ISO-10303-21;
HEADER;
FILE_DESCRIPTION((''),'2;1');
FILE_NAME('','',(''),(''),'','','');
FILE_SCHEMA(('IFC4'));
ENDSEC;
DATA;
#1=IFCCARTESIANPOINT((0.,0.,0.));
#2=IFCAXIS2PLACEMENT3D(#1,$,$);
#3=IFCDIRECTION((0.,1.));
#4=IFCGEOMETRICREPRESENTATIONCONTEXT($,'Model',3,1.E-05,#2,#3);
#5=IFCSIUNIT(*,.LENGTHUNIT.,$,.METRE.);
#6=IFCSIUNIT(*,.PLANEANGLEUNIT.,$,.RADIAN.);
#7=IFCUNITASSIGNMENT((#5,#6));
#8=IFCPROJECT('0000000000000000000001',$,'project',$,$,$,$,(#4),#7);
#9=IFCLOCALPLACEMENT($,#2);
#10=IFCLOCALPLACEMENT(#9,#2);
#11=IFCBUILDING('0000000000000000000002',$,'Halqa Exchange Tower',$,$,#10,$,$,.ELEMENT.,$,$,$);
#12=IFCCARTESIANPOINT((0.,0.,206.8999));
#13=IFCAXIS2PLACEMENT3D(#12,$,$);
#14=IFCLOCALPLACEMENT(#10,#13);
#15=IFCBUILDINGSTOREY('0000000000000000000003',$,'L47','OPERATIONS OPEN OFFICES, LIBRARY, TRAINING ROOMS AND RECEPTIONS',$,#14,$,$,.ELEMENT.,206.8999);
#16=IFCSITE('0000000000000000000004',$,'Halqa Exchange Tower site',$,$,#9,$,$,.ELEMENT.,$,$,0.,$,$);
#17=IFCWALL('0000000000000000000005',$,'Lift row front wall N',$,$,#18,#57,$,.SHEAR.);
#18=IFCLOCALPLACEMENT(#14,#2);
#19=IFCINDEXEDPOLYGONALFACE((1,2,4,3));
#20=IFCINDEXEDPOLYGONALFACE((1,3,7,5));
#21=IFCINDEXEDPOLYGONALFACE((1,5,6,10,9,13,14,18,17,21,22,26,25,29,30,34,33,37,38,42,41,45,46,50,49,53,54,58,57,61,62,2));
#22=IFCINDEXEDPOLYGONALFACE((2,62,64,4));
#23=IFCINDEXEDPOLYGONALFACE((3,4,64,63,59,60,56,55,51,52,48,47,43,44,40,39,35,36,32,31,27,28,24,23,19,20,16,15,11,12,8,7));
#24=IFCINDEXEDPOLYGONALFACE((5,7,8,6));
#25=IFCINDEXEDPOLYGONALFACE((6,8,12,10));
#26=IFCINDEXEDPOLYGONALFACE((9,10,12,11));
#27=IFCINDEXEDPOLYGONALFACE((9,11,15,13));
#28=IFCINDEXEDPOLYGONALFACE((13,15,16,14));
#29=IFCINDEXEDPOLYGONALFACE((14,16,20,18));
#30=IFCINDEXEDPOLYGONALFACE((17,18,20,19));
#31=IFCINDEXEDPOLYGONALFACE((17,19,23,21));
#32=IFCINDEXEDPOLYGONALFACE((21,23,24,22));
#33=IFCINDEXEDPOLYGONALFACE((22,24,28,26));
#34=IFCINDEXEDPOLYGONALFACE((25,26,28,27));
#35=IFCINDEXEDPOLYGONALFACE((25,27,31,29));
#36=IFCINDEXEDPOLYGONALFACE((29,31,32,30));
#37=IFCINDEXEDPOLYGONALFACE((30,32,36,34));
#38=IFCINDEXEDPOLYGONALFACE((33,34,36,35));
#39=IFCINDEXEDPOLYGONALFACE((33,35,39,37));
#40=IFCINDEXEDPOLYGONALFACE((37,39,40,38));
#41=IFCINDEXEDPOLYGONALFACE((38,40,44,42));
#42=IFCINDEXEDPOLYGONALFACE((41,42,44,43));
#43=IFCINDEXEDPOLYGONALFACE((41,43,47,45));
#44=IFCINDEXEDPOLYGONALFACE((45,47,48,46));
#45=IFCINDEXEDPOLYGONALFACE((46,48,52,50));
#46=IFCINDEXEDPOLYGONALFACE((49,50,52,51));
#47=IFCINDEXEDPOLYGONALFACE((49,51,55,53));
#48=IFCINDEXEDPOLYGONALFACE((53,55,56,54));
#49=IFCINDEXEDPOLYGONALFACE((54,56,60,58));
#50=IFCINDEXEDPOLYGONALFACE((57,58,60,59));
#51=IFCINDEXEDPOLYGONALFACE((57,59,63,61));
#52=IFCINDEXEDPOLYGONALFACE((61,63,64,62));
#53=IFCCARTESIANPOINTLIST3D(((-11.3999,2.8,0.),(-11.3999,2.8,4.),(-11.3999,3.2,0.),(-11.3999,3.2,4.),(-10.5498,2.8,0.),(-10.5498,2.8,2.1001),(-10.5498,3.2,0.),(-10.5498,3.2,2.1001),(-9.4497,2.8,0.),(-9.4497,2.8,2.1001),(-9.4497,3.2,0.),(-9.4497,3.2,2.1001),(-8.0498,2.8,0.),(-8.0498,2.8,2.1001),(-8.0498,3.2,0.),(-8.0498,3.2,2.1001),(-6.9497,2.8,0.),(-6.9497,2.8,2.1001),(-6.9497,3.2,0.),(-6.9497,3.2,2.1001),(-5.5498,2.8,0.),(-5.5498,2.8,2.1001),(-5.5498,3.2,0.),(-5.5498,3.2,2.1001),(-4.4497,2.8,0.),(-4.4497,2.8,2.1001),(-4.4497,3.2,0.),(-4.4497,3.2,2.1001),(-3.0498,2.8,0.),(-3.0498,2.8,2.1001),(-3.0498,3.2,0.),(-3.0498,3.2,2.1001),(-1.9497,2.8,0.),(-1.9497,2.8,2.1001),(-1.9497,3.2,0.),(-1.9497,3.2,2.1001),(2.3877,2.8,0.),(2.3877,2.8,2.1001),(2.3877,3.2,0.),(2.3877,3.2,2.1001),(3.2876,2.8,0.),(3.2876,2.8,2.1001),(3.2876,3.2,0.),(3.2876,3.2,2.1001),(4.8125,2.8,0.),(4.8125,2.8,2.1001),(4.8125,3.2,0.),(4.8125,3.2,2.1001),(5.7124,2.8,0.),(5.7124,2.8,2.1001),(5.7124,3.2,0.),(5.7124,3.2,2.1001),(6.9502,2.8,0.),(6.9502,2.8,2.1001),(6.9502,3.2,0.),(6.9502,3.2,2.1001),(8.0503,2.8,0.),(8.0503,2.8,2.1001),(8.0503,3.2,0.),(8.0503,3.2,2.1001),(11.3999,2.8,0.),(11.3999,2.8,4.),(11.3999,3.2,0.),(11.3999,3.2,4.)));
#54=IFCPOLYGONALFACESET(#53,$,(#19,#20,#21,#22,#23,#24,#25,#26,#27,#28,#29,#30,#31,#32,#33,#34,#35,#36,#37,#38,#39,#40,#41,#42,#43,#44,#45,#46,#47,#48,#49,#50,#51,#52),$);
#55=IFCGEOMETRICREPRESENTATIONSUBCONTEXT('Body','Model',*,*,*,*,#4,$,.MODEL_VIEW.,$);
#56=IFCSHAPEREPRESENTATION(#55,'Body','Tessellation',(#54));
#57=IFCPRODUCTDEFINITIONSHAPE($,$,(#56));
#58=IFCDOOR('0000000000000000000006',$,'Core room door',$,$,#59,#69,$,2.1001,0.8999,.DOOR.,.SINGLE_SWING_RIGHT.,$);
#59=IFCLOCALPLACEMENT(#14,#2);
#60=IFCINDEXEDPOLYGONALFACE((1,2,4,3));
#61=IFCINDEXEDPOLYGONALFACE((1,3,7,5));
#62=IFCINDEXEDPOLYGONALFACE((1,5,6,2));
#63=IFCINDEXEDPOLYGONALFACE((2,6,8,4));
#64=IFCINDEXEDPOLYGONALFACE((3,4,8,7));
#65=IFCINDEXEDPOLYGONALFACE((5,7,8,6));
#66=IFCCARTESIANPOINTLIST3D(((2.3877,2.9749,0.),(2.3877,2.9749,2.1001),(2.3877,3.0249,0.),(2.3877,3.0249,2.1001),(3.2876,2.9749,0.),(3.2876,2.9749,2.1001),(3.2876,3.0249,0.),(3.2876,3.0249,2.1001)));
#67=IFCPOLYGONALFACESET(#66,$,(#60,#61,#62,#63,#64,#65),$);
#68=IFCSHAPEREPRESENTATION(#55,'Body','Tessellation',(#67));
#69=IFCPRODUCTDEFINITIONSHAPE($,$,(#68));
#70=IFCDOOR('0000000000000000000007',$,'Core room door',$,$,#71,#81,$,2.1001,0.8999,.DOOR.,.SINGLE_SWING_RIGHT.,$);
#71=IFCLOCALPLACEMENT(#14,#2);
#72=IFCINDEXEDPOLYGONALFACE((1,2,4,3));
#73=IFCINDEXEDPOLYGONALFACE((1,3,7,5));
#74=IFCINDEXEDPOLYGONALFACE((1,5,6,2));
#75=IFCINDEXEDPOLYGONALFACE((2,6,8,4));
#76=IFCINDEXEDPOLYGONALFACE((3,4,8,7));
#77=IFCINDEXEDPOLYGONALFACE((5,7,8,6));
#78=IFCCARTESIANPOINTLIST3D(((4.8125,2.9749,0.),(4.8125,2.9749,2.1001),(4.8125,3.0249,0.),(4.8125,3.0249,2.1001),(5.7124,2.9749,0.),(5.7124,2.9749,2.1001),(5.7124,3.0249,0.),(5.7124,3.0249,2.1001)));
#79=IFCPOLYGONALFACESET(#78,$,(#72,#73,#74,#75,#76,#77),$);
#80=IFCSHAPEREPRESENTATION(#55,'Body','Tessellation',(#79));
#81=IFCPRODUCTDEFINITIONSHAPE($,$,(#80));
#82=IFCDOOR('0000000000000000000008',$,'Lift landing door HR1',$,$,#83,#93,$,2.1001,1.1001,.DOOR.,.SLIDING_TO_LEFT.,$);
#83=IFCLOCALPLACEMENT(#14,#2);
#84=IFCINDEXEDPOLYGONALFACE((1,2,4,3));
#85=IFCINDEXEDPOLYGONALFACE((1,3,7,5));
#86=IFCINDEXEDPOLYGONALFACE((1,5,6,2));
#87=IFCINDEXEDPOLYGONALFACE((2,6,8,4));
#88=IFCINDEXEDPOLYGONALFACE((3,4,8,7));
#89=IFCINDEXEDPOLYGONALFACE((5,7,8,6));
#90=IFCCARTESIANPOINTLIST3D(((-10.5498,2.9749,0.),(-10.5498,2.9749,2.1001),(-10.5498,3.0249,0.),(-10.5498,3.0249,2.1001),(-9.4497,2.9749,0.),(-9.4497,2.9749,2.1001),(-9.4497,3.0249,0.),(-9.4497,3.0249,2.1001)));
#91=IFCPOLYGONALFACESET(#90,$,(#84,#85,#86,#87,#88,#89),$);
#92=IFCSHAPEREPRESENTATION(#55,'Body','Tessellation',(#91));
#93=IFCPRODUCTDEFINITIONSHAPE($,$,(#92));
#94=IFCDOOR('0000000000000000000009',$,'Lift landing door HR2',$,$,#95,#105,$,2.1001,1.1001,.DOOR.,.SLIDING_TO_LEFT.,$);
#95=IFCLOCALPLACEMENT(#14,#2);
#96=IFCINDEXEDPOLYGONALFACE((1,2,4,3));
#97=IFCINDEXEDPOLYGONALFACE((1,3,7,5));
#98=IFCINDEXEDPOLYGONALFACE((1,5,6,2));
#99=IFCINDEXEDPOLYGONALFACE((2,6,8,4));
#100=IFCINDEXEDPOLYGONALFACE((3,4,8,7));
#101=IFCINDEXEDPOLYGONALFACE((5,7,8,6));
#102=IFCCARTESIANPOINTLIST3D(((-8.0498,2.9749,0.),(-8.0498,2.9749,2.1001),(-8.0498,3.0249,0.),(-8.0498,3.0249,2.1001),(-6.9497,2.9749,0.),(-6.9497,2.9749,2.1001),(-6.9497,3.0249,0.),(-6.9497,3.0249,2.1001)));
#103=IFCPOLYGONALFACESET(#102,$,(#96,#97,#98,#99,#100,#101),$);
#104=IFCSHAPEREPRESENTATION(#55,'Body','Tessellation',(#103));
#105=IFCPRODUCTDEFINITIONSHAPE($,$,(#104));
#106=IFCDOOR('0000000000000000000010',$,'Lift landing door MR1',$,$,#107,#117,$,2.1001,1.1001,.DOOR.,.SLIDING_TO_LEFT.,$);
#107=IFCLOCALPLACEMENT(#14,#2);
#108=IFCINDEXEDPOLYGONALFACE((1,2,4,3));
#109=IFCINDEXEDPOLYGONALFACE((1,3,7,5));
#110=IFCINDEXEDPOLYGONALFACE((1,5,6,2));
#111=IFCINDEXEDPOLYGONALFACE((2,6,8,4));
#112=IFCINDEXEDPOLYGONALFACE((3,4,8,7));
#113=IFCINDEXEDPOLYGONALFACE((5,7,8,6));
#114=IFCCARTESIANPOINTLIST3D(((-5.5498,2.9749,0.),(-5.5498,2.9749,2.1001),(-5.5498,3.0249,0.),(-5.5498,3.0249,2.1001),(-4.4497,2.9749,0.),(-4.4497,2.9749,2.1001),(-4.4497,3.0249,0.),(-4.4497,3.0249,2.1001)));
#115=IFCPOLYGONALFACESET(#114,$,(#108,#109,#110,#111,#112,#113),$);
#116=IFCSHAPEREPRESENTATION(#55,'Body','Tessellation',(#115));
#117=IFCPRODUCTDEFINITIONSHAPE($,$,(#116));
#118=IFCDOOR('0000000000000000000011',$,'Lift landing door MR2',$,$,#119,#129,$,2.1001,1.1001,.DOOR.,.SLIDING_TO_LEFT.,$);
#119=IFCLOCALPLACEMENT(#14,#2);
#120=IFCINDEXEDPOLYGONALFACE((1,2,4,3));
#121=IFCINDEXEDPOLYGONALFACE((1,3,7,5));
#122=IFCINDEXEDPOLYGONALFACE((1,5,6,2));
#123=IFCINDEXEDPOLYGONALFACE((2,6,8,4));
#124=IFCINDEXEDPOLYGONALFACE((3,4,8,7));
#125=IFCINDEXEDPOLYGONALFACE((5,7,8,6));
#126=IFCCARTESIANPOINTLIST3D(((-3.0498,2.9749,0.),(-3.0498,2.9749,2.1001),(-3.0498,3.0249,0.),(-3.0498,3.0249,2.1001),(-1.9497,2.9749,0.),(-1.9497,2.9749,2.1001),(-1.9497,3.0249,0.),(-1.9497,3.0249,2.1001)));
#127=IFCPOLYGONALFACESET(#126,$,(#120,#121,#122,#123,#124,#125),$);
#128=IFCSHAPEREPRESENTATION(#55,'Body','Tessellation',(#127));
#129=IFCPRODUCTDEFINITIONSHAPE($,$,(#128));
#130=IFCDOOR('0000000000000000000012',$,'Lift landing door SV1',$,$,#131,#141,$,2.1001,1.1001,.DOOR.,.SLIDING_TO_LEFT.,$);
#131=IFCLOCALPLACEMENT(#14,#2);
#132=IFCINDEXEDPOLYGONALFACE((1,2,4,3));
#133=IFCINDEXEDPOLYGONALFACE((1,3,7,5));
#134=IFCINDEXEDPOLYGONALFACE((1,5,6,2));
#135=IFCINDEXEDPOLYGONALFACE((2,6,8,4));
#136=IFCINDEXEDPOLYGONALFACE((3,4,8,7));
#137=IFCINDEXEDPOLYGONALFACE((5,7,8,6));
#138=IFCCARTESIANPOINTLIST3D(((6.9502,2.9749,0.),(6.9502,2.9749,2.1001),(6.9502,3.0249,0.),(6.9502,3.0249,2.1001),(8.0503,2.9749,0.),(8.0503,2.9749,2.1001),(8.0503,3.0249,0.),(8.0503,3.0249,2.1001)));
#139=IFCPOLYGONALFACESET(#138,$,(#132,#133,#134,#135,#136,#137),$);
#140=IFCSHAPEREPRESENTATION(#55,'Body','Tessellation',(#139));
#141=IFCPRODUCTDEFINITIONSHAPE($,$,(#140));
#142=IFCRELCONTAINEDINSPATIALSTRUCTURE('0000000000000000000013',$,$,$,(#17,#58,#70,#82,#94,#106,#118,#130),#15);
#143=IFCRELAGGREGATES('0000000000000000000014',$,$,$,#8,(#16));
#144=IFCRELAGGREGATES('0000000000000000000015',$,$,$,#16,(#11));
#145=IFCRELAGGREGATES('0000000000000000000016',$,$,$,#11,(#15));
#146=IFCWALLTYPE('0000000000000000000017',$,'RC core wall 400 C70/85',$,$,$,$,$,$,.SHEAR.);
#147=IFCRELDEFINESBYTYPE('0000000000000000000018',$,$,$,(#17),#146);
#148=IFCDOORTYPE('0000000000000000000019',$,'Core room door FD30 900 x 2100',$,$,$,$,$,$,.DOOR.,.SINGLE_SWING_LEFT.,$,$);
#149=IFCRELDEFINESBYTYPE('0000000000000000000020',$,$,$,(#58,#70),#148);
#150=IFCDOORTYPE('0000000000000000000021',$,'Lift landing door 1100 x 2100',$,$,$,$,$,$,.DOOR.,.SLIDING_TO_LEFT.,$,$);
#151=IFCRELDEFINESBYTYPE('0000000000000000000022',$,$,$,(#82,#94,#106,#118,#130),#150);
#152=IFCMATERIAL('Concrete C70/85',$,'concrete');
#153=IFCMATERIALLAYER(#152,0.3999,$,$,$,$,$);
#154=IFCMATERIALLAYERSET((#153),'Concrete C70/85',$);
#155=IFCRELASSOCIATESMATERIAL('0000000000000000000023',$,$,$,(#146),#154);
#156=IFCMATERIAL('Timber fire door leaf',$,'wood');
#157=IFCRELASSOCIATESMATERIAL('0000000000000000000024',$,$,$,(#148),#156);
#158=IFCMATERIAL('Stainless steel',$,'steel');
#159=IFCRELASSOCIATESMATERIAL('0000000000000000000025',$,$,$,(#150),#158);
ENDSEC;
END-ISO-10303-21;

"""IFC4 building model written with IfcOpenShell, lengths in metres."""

from ifc_helpers import new_model, si_unit, direction, frame, frame_2d, origin, place, context, subcontext, project, spatial, rectangle, extrude, material, layer, layer_set, type_object, element, fill, save


model = new_model("IFC4")

# Units and contexts
model_context = context("Model", 3, precision=1e-05, world=origin(), true_north=direction((0.0, 1.0)))
body_context = subcontext(model_context, "Body", "Model", "MODEL_VIEW")
ifc_project = project(units=[si_unit("LENGTHUNIT", "METRE"), si_unit("PLANEANGLEUNIT", "RADIAN")], contexts=[model_context])

# Site, building, storey
site_placement = place(None, origin())
site = spatial("IfcSite", under=ifc_project, at=site_placement, Name="Halqa Exchange Tower site", CompositionType="ELEMENT", RefElevation=0.0)
building_placement = place(site_placement, origin())
building = spatial("IfcBuilding", under=site, at=building_placement, Name="Halqa Exchange Tower", CompositionType="ELEMENT")
storey_placement = place(building_placement, frame((0.0, 0.0, 206.8999)))
storey = spatial("IfcBuildingStorey", under=building, at=storey_placement, Name="L47", Description="OPERATIONS OPEN OFFICES, LIBRARY, TRAINING ROOMS AND RECEPTIONS", CompositionType="ELEMENT", Elevation=206.8999)

# Wall, openings, doors
ifc_material_1 = material(Name="Concrete C70/85", Category="concrete")
ifc_layer_1 = layer(ifc_material_1, 0.3999)
ifc_layer_set_1 = layer_set([ifc_layer_1], Name="Concrete C70/85")
wall_type_1 = type_object("IfcWallType", Name="RC core wall 400 C70/85", PredefinedType="SHEAR", material=ifc_layer_set_1)
wall_1_placement = place(storey_placement, frame((-11.3999, 3.0, 0.0), z_axis=(0.0, 0.0, 1.0), x_axis=(1.0, 0.0, 0.0)))
wall_1 = element("IfcWall", 1, at=wall_1_placement, inside=storey, type_object=wall_type_1, Name="Lift row front wall N", PredefinedType="SHEAR", context=body_context, shape_type="SweptSolid", body=[
    extrude(rectangle(XDim=22.7998, YDim=0.3999, at=frame_2d((11.3999, 0.0))), origin(), (0.0, 0.0, 1.0), 4.0),
])
opening_1_placement = place(wall_1_placement, frame((0.8501, 0.0, 0.0)))
opening_1 = element("IfcOpeningElement", 2, at=opening_1_placement, cuts=wall_1, PredefinedType="OPENING", context=body_context, shape_type="SweptSolid", body=[
    extrude(rectangle(XDim=1.1001, YDim=2.1001, at=frame_2d((0.55, 1.05))), frame((0.0, 0.2119, 0.0), z_axis=(0.0, -1.0, 0.0), x_axis=(1.0, 0.0, 0.0)), (0.0, 0.0, 1.0), 0.4238),
])
opening_2_placement = place(wall_1_placement, frame((3.3501, 0.0, 0.0)))
opening_2 = element("IfcOpeningElement", 3, at=opening_2_placement, cuts=wall_1, PredefinedType="OPENING", context=body_context, shape_type="SweptSolid", body=[
    extrude(rectangle(XDim=1.1001, YDim=2.1001, at=frame_2d((0.55, 1.05))), frame((0.0, 0.2119, 0.0), z_axis=(0.0, -1.0, 0.0), x_axis=(1.0, 0.0, 0.0)), (0.0, 0.0, 1.0), 0.4238),
])
opening_3_placement = place(wall_1_placement, frame((5.8501, 0.0, 0.0)))
opening_3 = element("IfcOpeningElement", 4, at=opening_3_placement, cuts=wall_1, PredefinedType="OPENING", context=body_context, shape_type="SweptSolid", body=[
    extrude(rectangle(XDim=1.1001, YDim=2.1001, at=frame_2d((0.55, 1.05))), frame((0.0, 0.2119, 0.0), z_axis=(0.0, -1.0, 0.0), x_axis=(1.0, 0.0, 0.0)), (0.0, 0.0, 1.0), 0.4238),
])
opening_4_placement = place(wall_1_placement, frame((8.3501, 0.0, 0.0)))
opening_4 = element("IfcOpeningElement", 5, at=opening_4_placement, cuts=wall_1, PredefinedType="OPENING", context=body_context, shape_type="SweptSolid", body=[
    extrude(rectangle(XDim=1.1001, YDim=2.1001, at=frame_2d((0.55, 1.05))), frame((0.0, 0.2119, 0.0), z_axis=(0.0, -1.0, 0.0), x_axis=(1.0, 0.0, 0.0)), (0.0, 0.0, 1.0), 0.4238),
])
opening_5_placement = place(wall_1_placement, frame((18.3501, 0.0, 0.0)))
opening_5 = element("IfcOpeningElement", 6, at=opening_5_placement, cuts=wall_1, PredefinedType="OPENING", context=body_context, shape_type="SweptSolid", body=[
    extrude(rectangle(XDim=1.1001, YDim=2.1001, at=frame_2d((0.55, 1.05))), frame((0.0, 0.2119, 0.0), z_axis=(0.0, -1.0, 0.0), x_axis=(1.0, 0.0, 0.0)), (0.0, 0.0, 1.0), 0.4238),
])
opening_6_placement = place(wall_1_placement, frame((13.7876, 0.0, 0.0)))
opening_6 = element("IfcOpeningElement", 7, at=opening_6_placement, cuts=wall_1, PredefinedType="OPENING", context=body_context, shape_type="SweptSolid", body=[
    extrude(rectangle(XDim=0.8999, YDim=2.1001, at=frame_2d((0.45, 1.05))), frame((0.0, 0.2119, 0.0), z_axis=(0.0, -1.0, 0.0), x_axis=(1.0, 0.0, 0.0)), (0.0, 0.0, 1.0), 0.4238),
])
opening_7_placement = place(wall_1_placement, frame((16.2124, 0.0, 0.0)))
opening_7 = element("IfcOpeningElement", 8, at=opening_7_placement, cuts=wall_1, PredefinedType="OPENING", context=body_context, shape_type="SweptSolid", body=[
    extrude(rectangle(XDim=0.8999, YDim=2.1001, at=frame_2d((0.45, 1.05))), frame((0.0, 0.2119, 0.0), z_axis=(0.0, -1.0, 0.0), x_axis=(1.0, 0.0, 0.0)), (0.0, 0.0, 1.0), 0.4238),
])
ifc_material_2 = material(Name="Timber fire door leaf", Category="wood")
door_type_1 = type_object("IfcDoorType", Name="Core room door FD30 900 x 2100", OperationType="SINGLE_SWING_LEFT", PredefinedType="DOOR", material=ifc_material_2)
door_1_placement = place(opening_6_placement, origin())
door_1 = element("IfcDoor", 9, at=door_1_placement, inside=storey, type_object=door_type_1, Name="Core room door", OperationType="SINGLE_SWING_RIGHT", OverallHeight=2.1001, OverallWidth=0.8999, PredefinedType="DOOR", context=body_context, shape_type="SweptSolid", body=[
    extrude(rectangle(XDim=0.8999, YDim=2.1001, at=frame_2d((0.45, 1.05))), frame((0.0, 0.0249, 0.0), z_axis=(0.0, -1.0, 0.0), x_axis=(1.0, 0.0, 0.0)), (0.0, 0.0, 1.0), 0.05),
])
fill(opening_6, door_1)
door_2_placement = place(opening_7_placement, origin())
door_2 = element("IfcDoor", 10, at=door_2_placement, inside=storey, type_object=door_type_1, Name="Core room door", OperationType="SINGLE_SWING_RIGHT", OverallHeight=2.1001, OverallWidth=0.8999, PredefinedType="DOOR", context=body_context, shape_type="SweptSolid", body=[
    extrude(rectangle(XDim=0.8999, YDim=2.1001, at=frame_2d((0.45, 1.05))), frame((0.0, 0.0249, 0.0), z_axis=(0.0, -1.0, 0.0), x_axis=(1.0, 0.0, 0.0)), (0.0, 0.0, 1.0), 0.05),
])
fill(opening_7, door_2)
ifc_material_3 = material(Name="Stainless steel", Category="steel")
door_type_2 = type_object("IfcDoorType", Name="Lift landing door 1100 x 2100", OperationType="SLIDING_TO_LEFT", PredefinedType="DOOR", material=ifc_material_3)
door_3_placement = place(opening_1_placement, origin())
door_3 = element("IfcDoor", 11, at=door_3_placement, inside=storey, type_object=door_type_2, Name="Lift landing door HR1", OperationType="SLIDING_TO_LEFT", OverallHeight=2.1001, OverallWidth=1.1001, PredefinedType="DOOR", context=body_context, shape_type="SweptSolid", body=[
    extrude(rectangle(XDim=1.1001, YDim=2.1001, at=frame_2d((0.55, 1.05))), frame((0.0, 0.0249, 0.0), z_axis=(0.0, -1.0, 0.0), x_axis=(1.0, 0.0, 0.0)), (0.0, 0.0, 1.0), 0.05),
])
fill(opening_1, door_3)
door_4_placement = place(opening_2_placement, origin())
door_4 = element("IfcDoor", 12, at=door_4_placement, inside=storey, type_object=door_type_2, Name="Lift landing door HR2", OperationType="SLIDING_TO_LEFT", OverallHeight=2.1001, OverallWidth=1.1001, PredefinedType="DOOR", context=body_context, shape_type="SweptSolid", body=[
    extrude(rectangle(XDim=1.1001, YDim=2.1001, at=frame_2d((0.55, 1.05))), frame((0.0, 0.0249, 0.0), z_axis=(0.0, -1.0, 0.0), x_axis=(1.0, 0.0, 0.0)), (0.0, 0.0, 1.0), 0.05),
])
fill(opening_2, door_4)
door_5_placement = place(opening_3_placement, origin())
door_5 = element("IfcDoor", 13, at=door_5_placement, inside=storey, type_object=door_type_2, Name="Lift landing door MR1", OperationType="SLIDING_TO_LEFT", OverallHeight=2.1001, OverallWidth=1.1001, PredefinedType="DOOR", context=body_context, shape_type="SweptSolid", body=[
    extrude(rectangle(XDim=1.1001, YDim=2.1001, at=frame_2d((0.55, 1.05))), frame((0.0, 0.0249, 0.0), z_axis=(0.0, -1.0, 0.0), x_axis=(1.0, 0.0, 0.0)), (0.0, 0.0, 1.0), 0.05),
])
fill(opening_3, door_5)
door_6_placement = place(opening_4_placement, origin())
door_6 = element("IfcDoor", 14, at=door_6_placement, inside=storey, type_object=door_type_2, Name="Lift landing door MR2", OperationType="SLIDING_TO_LEFT", OverallHeight=2.1001, OverallWidth=1.1001, PredefinedType="DOOR", context=body_context, shape_type="SweptSolid", body=[
    extrude(rectangle(XDim=1.1001, YDim=2.1001, at=frame_2d((0.55, 1.05))), frame((0.0, 0.0249, 0.0), z_axis=(0.0, -1.0, 0.0), x_axis=(1.0, 0.0, 0.0)), (0.0, 0.0, 1.0), 0.05),
])
fill(opening_4, door_6)
door_7_placement = place(opening_5_placement, origin())
door_7 = element("IfcDoor", 15, at=door_7_placement, inside=storey, type_object=door_type_2, Name="Lift landing door SV1", OperationType="SLIDING_TO_LEFT", OverallHeight=2.1001, OverallWidth=1.1001, PredefinedType="DOOR", context=body_context, shape_type="SweptSolid", body=[
    extrude(rectangle(XDim=1.1001, YDim=2.1001, at=frame_2d((0.55, 1.05))), frame((0.0, 0.0249, 0.0), z_axis=(0.0, -1.0, 0.0), x_axis=(1.0, 0.0, 0.0)), (0.0, 0.0, 1.0), 0.05),
])
fill(opening_5, door_7)

save(model, "model.ifc")
